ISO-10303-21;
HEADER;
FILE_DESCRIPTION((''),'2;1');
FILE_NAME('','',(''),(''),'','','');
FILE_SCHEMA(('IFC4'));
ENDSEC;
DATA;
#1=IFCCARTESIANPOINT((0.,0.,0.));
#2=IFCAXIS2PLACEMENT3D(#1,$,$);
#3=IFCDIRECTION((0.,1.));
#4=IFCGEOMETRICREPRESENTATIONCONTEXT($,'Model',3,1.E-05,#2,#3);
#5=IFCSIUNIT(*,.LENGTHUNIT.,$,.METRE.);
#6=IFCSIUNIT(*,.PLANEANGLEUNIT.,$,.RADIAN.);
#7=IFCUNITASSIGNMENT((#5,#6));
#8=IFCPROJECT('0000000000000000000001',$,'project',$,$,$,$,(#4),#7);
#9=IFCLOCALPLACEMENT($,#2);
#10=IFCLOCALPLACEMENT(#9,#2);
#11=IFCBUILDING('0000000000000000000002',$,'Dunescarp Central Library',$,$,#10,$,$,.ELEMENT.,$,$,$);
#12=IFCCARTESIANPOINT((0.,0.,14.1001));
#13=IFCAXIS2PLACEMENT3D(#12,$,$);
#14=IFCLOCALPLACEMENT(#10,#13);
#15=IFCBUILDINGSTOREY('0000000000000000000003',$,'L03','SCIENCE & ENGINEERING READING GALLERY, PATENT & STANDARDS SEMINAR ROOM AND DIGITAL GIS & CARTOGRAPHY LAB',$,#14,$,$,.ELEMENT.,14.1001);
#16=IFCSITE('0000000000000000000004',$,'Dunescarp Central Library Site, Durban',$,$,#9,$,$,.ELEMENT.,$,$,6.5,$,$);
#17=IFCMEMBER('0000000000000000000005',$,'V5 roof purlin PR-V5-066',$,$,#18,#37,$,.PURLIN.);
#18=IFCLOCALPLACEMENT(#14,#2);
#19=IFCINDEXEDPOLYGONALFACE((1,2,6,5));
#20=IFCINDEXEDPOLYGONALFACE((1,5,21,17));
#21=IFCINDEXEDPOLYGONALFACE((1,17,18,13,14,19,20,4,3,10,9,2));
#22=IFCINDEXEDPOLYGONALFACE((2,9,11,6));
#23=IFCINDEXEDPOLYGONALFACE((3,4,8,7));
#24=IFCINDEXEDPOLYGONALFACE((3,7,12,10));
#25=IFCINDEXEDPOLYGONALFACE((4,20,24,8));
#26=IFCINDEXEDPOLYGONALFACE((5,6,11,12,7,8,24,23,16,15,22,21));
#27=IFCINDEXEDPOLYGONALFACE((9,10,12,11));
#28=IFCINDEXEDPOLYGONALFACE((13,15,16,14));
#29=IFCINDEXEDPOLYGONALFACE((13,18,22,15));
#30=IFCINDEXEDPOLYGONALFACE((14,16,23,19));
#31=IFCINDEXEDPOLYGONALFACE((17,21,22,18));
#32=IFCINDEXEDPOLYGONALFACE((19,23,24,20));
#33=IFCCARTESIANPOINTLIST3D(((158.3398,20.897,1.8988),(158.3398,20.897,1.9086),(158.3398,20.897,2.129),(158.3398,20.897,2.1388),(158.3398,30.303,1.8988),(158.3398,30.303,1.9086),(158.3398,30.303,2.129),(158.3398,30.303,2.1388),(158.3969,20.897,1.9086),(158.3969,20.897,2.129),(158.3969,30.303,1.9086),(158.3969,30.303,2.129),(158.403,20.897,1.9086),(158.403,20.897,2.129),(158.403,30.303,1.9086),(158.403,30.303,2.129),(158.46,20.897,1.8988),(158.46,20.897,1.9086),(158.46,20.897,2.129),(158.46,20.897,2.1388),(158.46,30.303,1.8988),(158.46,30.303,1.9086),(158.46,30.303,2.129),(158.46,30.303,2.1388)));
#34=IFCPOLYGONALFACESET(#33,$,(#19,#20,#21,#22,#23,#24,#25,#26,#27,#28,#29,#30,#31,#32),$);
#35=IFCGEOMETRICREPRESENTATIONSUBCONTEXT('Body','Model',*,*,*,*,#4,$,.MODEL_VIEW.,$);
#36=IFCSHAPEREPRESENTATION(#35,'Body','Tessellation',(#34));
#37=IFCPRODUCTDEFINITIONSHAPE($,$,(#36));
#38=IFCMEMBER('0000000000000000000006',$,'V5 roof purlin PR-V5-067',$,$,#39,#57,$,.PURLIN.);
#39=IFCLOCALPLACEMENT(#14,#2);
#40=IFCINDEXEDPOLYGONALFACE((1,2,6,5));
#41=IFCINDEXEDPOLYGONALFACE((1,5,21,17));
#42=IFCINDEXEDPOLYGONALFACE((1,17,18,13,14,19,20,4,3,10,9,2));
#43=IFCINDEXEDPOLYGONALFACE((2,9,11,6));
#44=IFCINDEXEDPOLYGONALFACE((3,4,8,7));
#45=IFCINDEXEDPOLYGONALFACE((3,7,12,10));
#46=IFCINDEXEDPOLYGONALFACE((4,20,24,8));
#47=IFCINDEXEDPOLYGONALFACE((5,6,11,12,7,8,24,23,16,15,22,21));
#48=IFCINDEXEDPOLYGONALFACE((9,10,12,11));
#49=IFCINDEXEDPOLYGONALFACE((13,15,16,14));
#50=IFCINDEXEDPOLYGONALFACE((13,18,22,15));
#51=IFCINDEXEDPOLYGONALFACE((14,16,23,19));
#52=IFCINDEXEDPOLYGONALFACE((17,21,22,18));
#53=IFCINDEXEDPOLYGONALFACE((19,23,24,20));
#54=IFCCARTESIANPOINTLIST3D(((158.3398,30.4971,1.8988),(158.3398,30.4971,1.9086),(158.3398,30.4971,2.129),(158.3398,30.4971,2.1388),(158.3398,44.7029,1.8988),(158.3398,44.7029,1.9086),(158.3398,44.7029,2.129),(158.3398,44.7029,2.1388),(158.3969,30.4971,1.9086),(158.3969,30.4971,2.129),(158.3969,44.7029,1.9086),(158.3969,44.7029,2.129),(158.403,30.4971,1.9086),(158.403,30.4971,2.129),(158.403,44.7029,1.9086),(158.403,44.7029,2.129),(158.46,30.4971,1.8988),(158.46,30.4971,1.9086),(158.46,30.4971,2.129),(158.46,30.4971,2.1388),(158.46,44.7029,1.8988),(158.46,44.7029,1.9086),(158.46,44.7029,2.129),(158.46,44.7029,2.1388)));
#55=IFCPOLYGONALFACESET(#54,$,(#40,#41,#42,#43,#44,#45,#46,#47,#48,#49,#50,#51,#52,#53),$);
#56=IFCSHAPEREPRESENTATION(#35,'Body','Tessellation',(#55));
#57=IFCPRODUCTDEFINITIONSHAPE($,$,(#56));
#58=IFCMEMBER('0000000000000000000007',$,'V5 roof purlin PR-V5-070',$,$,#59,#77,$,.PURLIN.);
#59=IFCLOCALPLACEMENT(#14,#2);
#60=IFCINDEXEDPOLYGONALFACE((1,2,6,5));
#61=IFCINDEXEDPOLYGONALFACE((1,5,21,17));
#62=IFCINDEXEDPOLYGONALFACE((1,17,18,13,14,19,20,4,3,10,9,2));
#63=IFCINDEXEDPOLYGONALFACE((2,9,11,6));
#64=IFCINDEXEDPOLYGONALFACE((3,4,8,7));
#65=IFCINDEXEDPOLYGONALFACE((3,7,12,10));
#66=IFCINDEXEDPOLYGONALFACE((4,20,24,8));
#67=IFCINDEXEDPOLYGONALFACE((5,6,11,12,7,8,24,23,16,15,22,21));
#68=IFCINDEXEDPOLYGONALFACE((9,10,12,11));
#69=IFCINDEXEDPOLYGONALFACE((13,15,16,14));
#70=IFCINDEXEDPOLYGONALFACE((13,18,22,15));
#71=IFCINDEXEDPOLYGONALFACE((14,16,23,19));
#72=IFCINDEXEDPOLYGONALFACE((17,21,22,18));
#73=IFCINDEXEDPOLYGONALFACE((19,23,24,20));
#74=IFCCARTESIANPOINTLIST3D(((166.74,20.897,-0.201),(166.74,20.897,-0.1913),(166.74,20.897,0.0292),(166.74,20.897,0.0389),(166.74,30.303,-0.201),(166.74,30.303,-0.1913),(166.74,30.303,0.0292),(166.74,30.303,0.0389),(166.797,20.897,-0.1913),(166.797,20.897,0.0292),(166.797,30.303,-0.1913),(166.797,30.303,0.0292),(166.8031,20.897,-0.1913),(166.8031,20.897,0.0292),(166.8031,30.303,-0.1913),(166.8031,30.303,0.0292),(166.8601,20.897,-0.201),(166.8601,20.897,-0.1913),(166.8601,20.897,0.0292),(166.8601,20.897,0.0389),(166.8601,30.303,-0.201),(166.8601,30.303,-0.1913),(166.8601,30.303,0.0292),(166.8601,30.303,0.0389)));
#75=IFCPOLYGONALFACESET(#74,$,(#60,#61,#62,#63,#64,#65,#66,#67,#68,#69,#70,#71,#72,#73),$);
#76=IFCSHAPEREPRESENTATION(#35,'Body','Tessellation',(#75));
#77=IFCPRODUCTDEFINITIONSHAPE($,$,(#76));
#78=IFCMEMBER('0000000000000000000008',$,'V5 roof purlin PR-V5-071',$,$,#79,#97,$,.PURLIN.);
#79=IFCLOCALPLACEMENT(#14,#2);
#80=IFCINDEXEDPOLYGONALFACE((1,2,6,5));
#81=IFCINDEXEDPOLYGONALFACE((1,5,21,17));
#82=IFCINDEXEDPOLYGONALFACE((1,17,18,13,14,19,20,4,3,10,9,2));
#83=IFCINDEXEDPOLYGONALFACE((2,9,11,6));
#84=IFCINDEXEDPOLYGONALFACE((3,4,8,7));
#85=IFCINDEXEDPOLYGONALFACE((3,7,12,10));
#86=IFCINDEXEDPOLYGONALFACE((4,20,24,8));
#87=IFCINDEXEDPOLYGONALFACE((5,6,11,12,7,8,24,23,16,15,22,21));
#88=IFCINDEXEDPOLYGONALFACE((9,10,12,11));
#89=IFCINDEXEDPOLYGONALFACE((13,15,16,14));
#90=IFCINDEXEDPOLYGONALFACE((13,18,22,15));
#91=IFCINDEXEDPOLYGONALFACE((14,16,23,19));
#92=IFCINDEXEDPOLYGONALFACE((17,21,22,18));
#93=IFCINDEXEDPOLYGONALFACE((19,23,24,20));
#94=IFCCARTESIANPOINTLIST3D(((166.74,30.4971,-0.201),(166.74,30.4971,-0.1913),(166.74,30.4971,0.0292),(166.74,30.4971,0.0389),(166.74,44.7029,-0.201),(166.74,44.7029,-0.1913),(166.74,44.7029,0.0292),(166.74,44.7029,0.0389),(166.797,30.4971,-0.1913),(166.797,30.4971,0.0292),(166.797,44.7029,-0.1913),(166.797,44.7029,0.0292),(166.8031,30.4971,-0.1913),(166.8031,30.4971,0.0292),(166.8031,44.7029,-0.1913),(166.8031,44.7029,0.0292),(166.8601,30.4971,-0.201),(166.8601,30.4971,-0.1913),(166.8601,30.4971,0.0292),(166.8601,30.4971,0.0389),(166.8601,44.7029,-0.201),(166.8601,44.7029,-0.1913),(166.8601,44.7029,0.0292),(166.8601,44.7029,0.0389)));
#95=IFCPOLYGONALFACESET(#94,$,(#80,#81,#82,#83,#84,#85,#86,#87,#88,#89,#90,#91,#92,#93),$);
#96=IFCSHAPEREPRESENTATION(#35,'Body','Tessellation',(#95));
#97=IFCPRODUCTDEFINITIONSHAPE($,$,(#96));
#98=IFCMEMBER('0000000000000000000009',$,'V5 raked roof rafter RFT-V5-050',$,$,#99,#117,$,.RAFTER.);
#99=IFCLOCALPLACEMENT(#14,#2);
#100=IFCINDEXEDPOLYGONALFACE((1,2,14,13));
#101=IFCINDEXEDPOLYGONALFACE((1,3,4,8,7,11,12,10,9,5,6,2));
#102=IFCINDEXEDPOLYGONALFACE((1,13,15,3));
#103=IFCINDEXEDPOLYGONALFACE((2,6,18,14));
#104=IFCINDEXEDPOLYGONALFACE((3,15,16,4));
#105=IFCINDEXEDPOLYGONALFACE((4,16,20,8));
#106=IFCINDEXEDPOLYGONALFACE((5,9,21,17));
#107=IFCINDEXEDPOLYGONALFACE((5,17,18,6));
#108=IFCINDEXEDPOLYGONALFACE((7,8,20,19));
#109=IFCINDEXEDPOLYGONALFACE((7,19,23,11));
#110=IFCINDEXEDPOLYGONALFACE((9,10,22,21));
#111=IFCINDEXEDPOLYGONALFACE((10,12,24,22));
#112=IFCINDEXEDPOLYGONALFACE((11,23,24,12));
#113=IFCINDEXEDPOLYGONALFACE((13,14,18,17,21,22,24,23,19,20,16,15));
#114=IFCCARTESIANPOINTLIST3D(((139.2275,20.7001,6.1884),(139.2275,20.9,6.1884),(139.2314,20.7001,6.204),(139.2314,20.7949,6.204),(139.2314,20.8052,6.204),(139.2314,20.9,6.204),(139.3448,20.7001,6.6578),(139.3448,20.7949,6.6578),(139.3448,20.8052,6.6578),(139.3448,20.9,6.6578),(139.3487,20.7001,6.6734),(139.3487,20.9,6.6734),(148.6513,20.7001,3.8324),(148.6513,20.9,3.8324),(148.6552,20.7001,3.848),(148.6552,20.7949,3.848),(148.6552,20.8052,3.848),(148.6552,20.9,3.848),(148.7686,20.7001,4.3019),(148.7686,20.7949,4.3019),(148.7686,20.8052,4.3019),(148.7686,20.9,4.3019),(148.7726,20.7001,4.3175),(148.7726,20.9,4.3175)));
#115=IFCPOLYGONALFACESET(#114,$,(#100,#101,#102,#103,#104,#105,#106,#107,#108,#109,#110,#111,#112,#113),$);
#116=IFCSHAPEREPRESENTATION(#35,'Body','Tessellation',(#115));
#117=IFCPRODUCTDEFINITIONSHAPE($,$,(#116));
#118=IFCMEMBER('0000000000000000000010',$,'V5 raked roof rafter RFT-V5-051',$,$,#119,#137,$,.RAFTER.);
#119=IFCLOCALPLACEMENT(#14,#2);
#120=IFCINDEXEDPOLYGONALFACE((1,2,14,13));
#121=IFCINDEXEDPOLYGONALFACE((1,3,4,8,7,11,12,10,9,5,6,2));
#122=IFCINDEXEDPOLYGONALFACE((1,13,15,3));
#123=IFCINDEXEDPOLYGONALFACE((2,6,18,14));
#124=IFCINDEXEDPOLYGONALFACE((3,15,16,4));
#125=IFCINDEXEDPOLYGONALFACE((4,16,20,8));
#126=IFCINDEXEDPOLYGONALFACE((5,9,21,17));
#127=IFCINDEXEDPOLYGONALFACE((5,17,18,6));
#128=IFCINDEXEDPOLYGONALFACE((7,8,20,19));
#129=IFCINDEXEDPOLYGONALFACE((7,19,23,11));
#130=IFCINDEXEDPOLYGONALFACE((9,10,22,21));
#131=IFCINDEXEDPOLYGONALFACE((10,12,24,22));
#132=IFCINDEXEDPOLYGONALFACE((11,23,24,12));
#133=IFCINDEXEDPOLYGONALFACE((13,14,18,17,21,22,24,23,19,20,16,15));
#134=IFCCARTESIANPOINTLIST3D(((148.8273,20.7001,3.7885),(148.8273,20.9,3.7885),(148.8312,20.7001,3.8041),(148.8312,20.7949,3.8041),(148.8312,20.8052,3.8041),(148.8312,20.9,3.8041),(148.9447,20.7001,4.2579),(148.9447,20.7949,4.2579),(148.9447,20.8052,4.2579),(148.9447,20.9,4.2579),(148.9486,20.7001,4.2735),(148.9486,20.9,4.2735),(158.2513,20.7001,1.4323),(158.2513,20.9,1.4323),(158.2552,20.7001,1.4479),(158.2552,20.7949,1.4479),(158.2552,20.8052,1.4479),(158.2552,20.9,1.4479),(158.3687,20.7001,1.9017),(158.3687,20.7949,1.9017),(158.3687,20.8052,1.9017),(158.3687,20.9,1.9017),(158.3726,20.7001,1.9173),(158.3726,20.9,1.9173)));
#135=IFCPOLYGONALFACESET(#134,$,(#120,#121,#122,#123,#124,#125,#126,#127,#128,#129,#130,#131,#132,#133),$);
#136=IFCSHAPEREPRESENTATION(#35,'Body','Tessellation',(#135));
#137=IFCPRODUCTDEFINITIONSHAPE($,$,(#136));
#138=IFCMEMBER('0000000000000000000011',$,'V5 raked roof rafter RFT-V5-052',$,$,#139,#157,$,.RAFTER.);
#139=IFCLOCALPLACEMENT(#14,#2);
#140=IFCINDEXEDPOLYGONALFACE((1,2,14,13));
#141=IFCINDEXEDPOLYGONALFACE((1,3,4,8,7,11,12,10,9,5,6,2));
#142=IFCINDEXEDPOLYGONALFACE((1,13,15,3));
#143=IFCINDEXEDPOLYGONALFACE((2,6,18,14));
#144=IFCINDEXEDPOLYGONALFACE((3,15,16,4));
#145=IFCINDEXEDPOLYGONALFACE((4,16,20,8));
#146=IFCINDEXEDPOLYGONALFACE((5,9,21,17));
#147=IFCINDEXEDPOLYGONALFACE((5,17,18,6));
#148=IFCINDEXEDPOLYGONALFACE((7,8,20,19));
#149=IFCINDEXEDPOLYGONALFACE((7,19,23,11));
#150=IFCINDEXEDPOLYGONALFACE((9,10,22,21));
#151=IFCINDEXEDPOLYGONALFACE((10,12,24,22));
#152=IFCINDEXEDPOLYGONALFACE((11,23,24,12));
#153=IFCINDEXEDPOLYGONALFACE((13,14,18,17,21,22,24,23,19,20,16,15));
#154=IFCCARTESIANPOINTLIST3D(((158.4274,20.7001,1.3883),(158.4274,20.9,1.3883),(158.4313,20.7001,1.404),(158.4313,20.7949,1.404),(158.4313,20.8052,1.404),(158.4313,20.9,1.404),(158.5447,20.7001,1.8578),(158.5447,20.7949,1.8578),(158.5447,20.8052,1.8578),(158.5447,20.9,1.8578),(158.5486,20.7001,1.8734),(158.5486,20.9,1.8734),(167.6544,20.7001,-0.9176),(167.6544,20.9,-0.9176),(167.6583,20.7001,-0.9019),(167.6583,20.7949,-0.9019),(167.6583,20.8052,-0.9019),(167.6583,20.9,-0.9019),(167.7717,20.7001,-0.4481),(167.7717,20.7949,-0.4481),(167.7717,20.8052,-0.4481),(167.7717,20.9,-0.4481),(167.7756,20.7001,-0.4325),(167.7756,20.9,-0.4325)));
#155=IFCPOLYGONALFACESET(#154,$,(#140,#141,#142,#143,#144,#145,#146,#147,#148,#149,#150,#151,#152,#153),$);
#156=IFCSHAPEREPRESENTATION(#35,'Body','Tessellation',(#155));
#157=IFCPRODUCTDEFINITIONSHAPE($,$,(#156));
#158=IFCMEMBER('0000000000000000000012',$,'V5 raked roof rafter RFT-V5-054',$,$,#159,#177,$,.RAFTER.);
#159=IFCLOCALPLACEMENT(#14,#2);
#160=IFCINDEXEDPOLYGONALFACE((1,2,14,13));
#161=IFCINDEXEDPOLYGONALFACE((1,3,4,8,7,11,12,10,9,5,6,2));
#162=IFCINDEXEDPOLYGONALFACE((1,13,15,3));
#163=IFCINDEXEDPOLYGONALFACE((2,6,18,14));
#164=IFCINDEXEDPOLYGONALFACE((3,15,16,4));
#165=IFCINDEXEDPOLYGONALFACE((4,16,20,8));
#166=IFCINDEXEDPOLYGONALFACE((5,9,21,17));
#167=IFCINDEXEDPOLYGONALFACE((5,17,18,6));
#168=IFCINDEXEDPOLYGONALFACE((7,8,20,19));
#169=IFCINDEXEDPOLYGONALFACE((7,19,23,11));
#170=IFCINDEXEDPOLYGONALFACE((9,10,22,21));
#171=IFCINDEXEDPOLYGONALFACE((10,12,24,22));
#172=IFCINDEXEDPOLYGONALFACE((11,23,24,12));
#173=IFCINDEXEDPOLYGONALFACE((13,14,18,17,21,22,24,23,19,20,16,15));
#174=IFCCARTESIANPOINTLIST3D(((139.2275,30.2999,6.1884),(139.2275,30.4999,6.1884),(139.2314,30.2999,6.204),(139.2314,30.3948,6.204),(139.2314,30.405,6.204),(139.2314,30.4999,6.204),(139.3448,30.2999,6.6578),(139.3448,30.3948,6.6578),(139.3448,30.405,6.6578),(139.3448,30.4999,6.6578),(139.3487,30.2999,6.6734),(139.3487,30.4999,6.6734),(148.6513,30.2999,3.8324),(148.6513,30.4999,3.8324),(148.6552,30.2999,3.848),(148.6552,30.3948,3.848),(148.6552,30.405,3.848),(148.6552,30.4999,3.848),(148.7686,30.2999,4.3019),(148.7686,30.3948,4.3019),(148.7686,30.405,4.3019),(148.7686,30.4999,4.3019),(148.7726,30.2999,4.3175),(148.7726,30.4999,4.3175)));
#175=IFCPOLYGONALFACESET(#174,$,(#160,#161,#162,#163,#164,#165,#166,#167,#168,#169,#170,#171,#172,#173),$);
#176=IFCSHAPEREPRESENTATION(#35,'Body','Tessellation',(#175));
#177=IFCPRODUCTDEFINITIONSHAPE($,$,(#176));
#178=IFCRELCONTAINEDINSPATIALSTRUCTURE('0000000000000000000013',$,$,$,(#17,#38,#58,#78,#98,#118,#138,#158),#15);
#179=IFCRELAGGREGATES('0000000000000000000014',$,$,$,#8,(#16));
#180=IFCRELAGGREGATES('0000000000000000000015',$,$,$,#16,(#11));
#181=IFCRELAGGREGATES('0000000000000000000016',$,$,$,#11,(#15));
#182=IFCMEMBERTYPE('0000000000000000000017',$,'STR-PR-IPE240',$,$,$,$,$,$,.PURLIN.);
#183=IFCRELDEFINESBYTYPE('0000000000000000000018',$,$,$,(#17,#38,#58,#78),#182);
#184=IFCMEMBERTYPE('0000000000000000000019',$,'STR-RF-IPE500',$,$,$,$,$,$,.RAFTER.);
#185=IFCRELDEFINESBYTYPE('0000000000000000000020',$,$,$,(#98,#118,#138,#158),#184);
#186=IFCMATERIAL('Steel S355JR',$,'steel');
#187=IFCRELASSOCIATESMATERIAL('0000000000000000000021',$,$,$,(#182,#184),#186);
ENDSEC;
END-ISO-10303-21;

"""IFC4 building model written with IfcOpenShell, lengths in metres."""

from ifc_helpers import new_model, si_unit, direction, frame, origin, origin_2d, place, context, subcontext, project, spatial, i_section, extrude, material, material_profile, profile_set, type_object, element, save


model = new_model("IFC4")

# Units and contexts
model_context = context("Model", 3, precision=1e-05, world=origin(), true_north=direction((0.0, 1.0)))
body_context = subcontext(model_context, "Body", "Model", "MODEL_VIEW")
ifc_project = project(units=[si_unit("LENGTHUNIT", "METRE"), si_unit("PLANEANGLEUNIT", "RADIAN")], contexts=[model_context])

# Site, building, storey
site_placement = place(None, origin())
site = spatial("IfcSite", under=ifc_project, at=site_placement, Name="Dunescarp Central Library Site, Durban", CompositionType="ELEMENT", RefElevation=6.5)
building_placement = place(site_placement, origin())
building = spatial("IfcBuilding", under=site, at=building_placement, Name="Dunescarp Central Library", CompositionType="ELEMENT")
storey_placement = place(building_placement, frame((0.0, 0.0, 14.1001)))
storey = spatial("IfcBuildingStorey", under=building, at=storey_placement, Name="L03", Description="SCIENCE & ENGINEERING READING GALLERY, PATENT & STANDARDS SEMINAR ROOM AND DIGITAL GIS & CARTOGRAPHY LAB", CompositionType="ELEMENT", Elevation=14.1001)

# Shared definitions
ifc_material = material(Name="Steel S355JR", Category="steel")

# Members
ifc_material_profile_1 = material_profile(ifc_material, i_section(OverallWidth=0.1201, OverallDepth=0.24, WebThickness=0.0061, FlangeThickness=0.0098, at=origin_2d()), Name="IPE 240")
ifc_profile_set_1 = profile_set([ifc_material_profile_1], Name="Steel S355JR")
member_type_1 = type_object("IfcMemberType", Name="STR-PR-IPE240", PredefinedType="PURLIN", material=ifc_profile_set_1)
member_1_placement = place(storey_placement, frame((158.3999, 20.897, 2.0188), z_axis=(0.0, 1.0, 0.0), x_axis=(-1.0, 0.0, 0.0)))
element("IfcMember", 1, at=member_1_placement, inside=storey, type_object=member_type_1, Name="V5 roof purlin PR-V5-066", PredefinedType="PURLIN", context=body_context, shape_type="SweptSolid", body=[
    extrude(i_section(OverallWidth=0.1201, OverallDepth=0.24, WebThickness=0.0061, FlangeThickness=0.0098, at=origin_2d()), origin(), (0.0, 0.0, 1.0), 9.406),
])
member_2_placement = place(storey_placement, frame((158.3999, 30.4971, 2.0188), z_axis=(0.0, 1.0, 0.0), x_axis=(-1.0, 0.0, 0.0)))
element("IfcMember", 2, at=member_2_placement, inside=storey, type_object=member_type_1, Name="V5 roof purlin PR-V5-067", PredefinedType="PURLIN", context=body_context, shape_type="SweptSolid", body=[
    extrude(i_section(OverallWidth=0.1201, OverallDepth=0.24, WebThickness=0.0061, FlangeThickness=0.0098, at=origin_2d()), origin(), (0.0, 0.0, 1.0), 14.2058),
])
member_3_placement = place(storey_placement, frame((166.8, 20.897, -0.0811), z_axis=(0.0, 1.0, 0.0), x_axis=(-1.0, 0.0, 0.0)))
element("IfcMember", 3, at=member_3_placement, inside=storey, type_object=member_type_1, Name="V5 roof purlin PR-V5-070", PredefinedType="PURLIN", context=body_context, shape_type="SweptSolid", body=[
    extrude(i_section(OverallWidth=0.1201, OverallDepth=0.24, WebThickness=0.0061, FlangeThickness=0.0098, at=origin_2d()), origin(), (0.0, 0.0, 1.0), 9.406),
])
member_4_placement = place(storey_placement, frame((166.8, 30.4971, -0.0811), z_axis=(0.0, 1.0, 0.0), x_axis=(-1.0, 0.0, 0.0)))
element("IfcMember", 4, at=member_4_placement, inside=storey, type_object=member_type_1, Name="V5 roof purlin PR-V5-071", PredefinedType="PURLIN", context=body_context, shape_type="SweptSolid", body=[
    extrude(i_section(OverallWidth=0.1201, OverallDepth=0.24, WebThickness=0.0061, FlangeThickness=0.0098, at=origin_2d()), origin(), (0.0, 0.0, 1.0), 14.2058),
])
ifc_material_profile_2 = material_profile(ifc_material, i_section(OverallWidth=0.2, OverallDepth=0.5, WebThickness=0.0103, FlangeThickness=0.0161, at=origin_2d()), Name="IPE 500")
ifc_profile_set_2 = profile_set([ifc_material_profile_2], Name="Steel S355JR")
member_type_2 = type_object("IfcMemberType", Name="STR-RF-IPE500", PredefinedType="RAFTER", material=ifc_profile_set_2)
member_5_placement = place(storey_placement, frame((139.2881, 20.8, 6.4309), z_axis=(0.970143, 0.0, -0.242536), x_axis=(0.0, 1.0, 0.0)))
element("IfcMember", 5, at=member_5_placement, inside=storey, type_object=member_type_2, Name="V5 raked roof rafter RFT-V5-050", PredefinedType="RAFTER", context=body_context, shape_type="SweptSolid", body=[
    extrude(i_section(OverallWidth=0.2, OverallDepth=0.5, WebThickness=0.0103, FlangeThickness=0.0161, at=origin_2d()), origin(), (0.0, 0.0, 1.0), 9.7139),
])
member_6_placement = place(storey_placement, frame((148.8879, 20.8, 4.031), z_axis=(0.970138, 0.0, -0.242553), x_axis=(0.0, 1.0, 0.0)))
element("IfcMember", 6, at=member_6_placement, inside=storey, type_object=member_type_2, Name="V5 raked roof rafter RFT-V5-051", PredefinedType="RAFTER", context=body_context, shape_type="SweptSolid", body=[
    extrude(i_section(OverallWidth=0.2, OverallDepth=0.5, WebThickness=0.0103, FlangeThickness=0.0161, at=origin_2d()), origin(), (0.0, 0.0, 1.0), 9.7141),
])
member_7_placement = place(storey_placement, frame((158.488, 20.8, 1.6309), z_axis=(0.970164, 0.0, -0.242451), x_axis=(0.0, 1.0, 0.0)))
element("IfcMember", 7, at=member_7_placement, inside=storey, type_object=member_type_2, Name="V5 raked roof rafter RFT-V5-052", PredefinedType="RAFTER", context=body_context, shape_type="SweptSolid", body=[
    extrude(i_section(OverallWidth=0.2, OverallDepth=0.5, WebThickness=0.0103, FlangeThickness=0.0161, at=origin_2d()), origin(), (0.0, 0.0, 1.0), 9.5107),
])
member_8_placement = place(storey_placement, frame((139.2881, 30.3999, 6.4309), z_axis=(0.970143, 0.0, -0.242536), x_axis=(0.0, 1.0, 0.0)))
element("IfcMember", 8, at=member_8_placement, inside=storey, type_object=member_type_2, Name="V5 raked roof rafter RFT-V5-054", PredefinedType="RAFTER", context=body_context, shape_type="SweptSolid", body=[
    extrude(i_section(OverallWidth=0.2, OverallDepth=0.5, WebThickness=0.0103, FlangeThickness=0.0161, at=origin_2d()), origin(), (0.0, 0.0, 1.0), 9.7139),
])

save(model, "model.ifc")
